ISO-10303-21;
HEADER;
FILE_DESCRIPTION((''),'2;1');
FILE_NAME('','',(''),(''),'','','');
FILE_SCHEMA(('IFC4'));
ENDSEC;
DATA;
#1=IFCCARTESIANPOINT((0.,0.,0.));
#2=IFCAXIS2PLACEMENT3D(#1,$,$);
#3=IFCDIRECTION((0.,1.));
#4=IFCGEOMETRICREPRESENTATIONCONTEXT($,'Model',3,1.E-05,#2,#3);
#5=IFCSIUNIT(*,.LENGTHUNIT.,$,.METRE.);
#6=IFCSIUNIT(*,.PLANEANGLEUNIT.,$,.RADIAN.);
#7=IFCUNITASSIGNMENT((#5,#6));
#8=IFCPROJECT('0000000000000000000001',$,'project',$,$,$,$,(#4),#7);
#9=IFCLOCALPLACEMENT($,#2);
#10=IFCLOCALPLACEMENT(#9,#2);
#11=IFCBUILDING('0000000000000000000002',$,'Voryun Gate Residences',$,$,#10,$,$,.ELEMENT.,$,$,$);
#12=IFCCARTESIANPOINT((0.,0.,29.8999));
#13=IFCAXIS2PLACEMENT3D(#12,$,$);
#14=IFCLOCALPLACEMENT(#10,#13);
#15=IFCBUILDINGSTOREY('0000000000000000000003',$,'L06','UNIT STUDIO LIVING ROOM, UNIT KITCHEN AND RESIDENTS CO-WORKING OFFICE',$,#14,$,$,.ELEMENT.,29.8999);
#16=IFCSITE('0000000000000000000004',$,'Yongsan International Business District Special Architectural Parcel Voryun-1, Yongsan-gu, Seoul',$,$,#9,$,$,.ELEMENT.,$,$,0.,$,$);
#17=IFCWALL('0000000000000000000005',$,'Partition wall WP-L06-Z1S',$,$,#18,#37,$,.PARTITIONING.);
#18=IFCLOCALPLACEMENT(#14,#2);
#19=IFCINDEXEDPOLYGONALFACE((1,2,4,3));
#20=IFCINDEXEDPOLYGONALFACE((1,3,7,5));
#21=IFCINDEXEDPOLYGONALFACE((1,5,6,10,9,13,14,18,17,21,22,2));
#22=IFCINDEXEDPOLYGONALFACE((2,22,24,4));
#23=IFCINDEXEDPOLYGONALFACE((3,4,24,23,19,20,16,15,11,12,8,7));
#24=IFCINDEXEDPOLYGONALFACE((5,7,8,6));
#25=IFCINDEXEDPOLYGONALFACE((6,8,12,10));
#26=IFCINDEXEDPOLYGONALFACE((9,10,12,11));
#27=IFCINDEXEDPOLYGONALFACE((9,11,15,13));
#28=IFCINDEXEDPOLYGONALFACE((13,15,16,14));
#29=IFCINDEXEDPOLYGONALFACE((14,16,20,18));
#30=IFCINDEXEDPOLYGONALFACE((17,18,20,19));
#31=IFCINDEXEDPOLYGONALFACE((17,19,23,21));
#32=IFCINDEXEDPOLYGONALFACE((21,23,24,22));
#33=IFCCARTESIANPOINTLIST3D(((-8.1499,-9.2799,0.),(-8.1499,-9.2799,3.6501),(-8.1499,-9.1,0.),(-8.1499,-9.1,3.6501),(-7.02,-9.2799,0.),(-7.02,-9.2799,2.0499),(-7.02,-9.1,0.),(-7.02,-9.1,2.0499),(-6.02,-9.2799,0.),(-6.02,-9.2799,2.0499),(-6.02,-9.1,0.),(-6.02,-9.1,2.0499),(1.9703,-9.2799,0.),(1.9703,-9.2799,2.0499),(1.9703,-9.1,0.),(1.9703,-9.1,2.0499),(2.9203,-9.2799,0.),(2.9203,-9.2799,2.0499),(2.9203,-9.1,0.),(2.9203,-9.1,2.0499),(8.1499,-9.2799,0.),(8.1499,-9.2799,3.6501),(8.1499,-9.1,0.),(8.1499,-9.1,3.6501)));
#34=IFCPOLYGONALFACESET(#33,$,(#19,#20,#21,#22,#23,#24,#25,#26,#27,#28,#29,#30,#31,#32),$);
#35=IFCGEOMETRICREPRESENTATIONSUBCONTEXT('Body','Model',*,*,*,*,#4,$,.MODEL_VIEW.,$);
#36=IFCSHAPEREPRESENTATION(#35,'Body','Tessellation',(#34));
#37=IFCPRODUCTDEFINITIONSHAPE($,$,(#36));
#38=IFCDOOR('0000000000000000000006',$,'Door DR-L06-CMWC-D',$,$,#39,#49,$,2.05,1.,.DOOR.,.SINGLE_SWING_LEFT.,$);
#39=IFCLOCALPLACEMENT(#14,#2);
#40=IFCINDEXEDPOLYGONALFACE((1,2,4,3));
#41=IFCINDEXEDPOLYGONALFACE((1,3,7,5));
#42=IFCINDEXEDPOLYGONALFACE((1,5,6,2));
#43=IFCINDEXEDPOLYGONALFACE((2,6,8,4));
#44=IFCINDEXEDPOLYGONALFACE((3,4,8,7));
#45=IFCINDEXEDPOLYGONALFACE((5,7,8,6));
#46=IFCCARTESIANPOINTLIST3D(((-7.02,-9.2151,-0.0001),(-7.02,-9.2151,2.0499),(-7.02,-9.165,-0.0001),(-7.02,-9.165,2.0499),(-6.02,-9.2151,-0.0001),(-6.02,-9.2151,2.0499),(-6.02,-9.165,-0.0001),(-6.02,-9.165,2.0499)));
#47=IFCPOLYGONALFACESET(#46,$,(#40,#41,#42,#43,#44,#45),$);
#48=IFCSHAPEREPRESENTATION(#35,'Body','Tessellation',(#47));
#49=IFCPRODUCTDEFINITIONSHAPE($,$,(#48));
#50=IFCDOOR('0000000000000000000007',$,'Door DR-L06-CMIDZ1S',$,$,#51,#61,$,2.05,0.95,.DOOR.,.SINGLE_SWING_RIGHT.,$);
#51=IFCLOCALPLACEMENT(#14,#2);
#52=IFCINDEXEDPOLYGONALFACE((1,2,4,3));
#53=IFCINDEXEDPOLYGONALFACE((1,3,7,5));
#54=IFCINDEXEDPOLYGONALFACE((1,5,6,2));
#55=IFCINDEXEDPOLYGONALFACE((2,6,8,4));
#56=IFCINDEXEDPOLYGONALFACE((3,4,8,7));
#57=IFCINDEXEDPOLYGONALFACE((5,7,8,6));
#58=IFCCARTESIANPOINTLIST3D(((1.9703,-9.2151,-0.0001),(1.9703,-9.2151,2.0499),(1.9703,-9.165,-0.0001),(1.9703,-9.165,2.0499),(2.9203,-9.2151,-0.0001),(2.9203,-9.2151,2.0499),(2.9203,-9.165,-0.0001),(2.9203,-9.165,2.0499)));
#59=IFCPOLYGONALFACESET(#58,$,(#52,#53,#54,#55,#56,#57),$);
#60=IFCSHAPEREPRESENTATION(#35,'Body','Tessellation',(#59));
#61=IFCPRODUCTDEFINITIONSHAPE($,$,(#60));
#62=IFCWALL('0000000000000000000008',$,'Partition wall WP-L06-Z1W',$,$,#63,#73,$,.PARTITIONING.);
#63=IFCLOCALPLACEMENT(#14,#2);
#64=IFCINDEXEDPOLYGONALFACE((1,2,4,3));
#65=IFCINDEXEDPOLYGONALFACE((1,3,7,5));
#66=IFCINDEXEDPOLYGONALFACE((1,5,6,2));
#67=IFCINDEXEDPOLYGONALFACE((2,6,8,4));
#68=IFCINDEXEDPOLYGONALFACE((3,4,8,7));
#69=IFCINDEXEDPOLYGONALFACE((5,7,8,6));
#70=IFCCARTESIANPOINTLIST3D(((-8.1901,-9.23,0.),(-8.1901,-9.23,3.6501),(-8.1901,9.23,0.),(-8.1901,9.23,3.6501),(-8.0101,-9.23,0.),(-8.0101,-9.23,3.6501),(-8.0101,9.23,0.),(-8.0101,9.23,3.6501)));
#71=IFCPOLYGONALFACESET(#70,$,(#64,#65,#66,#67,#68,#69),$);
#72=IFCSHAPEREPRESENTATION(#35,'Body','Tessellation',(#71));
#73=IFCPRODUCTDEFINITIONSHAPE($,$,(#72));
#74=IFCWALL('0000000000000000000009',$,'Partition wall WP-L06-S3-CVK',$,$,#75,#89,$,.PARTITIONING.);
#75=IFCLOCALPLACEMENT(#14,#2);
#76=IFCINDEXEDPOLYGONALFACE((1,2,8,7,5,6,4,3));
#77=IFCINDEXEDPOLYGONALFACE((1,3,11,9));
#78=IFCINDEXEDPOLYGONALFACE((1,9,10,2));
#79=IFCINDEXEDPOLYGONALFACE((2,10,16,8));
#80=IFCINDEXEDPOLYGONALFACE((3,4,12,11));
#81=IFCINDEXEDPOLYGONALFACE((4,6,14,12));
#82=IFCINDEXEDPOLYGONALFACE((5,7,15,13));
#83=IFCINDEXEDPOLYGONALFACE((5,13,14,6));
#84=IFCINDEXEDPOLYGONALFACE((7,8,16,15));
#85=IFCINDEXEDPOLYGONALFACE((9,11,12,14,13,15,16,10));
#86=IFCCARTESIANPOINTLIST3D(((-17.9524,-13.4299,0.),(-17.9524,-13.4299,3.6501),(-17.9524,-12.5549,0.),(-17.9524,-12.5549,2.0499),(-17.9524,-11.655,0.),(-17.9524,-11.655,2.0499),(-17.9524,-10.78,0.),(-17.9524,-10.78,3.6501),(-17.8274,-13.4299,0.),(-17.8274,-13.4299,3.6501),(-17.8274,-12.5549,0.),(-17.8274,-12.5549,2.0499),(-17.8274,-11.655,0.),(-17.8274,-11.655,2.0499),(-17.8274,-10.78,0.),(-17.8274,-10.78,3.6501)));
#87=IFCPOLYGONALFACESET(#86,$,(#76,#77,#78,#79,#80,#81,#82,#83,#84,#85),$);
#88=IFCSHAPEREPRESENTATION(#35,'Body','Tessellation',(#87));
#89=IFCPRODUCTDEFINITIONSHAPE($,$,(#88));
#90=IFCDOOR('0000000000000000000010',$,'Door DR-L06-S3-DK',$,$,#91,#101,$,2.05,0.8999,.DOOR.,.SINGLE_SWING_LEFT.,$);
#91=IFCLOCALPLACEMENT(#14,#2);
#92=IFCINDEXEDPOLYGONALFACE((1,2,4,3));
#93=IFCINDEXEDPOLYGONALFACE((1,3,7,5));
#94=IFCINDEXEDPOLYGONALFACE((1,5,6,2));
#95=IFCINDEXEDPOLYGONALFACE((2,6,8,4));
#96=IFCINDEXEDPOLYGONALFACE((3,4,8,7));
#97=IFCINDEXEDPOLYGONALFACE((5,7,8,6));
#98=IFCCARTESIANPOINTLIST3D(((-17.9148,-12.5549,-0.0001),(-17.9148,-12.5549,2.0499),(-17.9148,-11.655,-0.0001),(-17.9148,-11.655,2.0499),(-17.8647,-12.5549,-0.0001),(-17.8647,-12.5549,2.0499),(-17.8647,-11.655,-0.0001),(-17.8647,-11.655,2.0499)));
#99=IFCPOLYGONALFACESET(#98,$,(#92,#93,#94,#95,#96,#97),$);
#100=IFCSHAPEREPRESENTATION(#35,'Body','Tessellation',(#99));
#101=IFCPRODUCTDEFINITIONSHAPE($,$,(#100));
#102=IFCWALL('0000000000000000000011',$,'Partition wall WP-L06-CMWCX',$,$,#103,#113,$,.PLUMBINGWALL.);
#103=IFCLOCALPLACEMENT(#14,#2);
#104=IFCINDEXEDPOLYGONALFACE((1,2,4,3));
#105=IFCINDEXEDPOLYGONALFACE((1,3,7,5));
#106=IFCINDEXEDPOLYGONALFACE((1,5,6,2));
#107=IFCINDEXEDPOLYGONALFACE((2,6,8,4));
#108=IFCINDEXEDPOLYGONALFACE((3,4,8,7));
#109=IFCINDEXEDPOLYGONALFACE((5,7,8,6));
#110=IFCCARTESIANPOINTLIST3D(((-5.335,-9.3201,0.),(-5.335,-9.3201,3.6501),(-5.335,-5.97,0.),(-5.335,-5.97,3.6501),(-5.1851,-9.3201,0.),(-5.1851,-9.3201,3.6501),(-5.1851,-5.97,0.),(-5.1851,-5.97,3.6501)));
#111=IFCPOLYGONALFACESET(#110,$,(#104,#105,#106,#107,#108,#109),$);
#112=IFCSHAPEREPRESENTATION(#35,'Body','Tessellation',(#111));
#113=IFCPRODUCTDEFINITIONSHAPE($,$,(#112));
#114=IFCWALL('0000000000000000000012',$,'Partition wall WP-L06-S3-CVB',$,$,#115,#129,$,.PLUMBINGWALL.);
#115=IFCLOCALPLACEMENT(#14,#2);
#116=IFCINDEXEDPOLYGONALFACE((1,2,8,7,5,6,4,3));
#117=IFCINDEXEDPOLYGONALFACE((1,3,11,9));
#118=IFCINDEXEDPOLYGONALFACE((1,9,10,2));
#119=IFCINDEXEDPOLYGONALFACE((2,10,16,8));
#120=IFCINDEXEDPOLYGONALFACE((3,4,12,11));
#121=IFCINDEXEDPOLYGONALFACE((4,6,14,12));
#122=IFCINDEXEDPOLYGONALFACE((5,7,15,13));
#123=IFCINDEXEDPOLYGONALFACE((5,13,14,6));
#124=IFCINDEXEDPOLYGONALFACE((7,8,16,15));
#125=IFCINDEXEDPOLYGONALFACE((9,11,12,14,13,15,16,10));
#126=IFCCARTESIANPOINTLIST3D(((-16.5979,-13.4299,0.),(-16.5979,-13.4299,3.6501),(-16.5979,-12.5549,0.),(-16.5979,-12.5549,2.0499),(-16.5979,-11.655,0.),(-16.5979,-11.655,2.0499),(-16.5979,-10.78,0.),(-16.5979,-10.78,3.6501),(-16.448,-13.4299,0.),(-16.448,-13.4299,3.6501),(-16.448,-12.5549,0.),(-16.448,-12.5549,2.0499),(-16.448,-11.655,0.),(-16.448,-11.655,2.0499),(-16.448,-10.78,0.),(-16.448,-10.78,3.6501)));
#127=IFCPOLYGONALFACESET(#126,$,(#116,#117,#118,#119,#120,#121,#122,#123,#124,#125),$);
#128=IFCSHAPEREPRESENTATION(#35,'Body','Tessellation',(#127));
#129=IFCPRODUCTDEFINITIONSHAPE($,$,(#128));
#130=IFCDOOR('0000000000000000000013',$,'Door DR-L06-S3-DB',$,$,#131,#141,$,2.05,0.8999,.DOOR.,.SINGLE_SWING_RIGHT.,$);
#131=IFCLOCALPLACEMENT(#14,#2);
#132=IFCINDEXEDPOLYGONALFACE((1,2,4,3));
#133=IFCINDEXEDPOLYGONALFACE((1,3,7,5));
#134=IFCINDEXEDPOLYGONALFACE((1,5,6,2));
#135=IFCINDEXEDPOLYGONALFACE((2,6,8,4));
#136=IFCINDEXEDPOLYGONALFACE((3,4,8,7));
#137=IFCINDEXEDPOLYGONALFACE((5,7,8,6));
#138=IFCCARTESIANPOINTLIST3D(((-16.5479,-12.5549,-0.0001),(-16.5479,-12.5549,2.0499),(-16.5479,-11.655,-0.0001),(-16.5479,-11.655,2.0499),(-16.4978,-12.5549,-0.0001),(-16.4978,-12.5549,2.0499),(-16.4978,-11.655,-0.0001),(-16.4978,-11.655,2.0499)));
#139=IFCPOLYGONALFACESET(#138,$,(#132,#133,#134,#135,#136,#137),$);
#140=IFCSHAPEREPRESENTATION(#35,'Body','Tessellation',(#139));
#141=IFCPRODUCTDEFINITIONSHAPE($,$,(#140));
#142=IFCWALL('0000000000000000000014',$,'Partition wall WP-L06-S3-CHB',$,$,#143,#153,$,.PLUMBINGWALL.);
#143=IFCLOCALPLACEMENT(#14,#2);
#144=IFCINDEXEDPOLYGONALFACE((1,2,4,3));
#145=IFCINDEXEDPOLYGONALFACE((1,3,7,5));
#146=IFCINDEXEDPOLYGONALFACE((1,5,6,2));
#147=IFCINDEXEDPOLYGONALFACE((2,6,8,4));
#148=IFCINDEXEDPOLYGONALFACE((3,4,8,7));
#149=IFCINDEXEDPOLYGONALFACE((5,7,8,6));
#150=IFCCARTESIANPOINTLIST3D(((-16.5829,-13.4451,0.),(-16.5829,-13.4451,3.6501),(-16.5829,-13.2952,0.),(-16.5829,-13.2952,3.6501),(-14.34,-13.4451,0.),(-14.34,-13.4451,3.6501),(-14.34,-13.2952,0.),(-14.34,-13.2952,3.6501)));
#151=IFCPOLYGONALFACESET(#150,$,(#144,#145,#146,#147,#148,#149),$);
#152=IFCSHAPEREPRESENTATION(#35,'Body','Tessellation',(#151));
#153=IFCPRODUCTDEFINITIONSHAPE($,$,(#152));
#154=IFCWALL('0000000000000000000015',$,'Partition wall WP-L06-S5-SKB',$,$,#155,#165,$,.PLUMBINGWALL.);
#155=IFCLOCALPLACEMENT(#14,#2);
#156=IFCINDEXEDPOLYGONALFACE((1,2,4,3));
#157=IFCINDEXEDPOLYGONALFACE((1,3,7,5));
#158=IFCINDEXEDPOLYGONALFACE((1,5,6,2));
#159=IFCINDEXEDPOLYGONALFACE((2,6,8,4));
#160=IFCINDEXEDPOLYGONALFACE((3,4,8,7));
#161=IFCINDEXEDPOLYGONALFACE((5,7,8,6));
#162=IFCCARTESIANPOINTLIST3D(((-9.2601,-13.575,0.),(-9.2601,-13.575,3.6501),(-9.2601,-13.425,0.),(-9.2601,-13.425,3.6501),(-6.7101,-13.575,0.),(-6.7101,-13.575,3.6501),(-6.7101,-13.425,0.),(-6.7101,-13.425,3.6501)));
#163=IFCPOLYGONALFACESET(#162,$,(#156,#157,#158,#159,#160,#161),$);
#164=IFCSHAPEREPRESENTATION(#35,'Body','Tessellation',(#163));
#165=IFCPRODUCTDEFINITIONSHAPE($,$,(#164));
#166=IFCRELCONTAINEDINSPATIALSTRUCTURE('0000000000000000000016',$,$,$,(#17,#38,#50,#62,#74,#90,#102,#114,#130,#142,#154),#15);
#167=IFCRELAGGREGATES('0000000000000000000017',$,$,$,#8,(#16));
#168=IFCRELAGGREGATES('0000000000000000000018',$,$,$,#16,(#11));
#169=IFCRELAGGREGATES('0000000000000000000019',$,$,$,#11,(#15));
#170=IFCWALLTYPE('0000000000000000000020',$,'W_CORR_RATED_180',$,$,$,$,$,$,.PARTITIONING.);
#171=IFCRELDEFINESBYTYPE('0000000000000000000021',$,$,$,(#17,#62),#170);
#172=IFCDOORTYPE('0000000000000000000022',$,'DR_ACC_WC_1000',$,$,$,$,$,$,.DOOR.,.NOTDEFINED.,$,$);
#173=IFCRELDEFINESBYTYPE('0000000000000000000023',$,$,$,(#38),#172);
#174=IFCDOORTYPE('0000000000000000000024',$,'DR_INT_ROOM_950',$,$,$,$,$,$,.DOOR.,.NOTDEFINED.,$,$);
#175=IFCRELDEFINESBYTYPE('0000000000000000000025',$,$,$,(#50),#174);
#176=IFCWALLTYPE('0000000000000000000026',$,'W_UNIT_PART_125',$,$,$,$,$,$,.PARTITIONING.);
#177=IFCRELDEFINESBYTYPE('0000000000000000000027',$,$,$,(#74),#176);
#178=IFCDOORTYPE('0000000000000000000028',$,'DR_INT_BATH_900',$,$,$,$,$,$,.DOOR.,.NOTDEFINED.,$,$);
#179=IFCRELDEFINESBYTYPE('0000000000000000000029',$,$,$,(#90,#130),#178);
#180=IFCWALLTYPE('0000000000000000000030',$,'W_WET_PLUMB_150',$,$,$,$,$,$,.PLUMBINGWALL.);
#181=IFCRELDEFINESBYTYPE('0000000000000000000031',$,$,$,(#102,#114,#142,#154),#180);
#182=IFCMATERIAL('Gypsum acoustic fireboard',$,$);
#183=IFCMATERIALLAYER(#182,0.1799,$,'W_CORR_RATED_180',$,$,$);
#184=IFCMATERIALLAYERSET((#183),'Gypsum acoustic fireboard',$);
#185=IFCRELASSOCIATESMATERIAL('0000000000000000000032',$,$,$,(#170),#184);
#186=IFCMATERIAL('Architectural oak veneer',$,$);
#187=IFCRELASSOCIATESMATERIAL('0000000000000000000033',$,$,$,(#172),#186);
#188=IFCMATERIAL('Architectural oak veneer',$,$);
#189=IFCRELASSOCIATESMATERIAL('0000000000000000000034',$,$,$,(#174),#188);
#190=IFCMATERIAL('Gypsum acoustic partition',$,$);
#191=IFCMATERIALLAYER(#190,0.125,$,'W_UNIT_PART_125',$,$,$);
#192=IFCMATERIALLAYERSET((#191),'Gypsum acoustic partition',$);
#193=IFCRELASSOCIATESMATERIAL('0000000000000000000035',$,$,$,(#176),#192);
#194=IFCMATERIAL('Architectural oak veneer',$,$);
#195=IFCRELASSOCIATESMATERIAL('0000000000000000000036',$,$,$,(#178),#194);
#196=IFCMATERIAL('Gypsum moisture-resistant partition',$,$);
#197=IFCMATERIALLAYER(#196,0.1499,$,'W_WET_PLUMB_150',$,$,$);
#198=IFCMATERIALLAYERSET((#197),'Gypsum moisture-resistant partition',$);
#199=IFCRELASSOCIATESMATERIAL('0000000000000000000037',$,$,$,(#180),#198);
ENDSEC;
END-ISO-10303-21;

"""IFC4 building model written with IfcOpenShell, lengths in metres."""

from ifc_helpers import new_model, si_unit, direction, frame, frame_2d, origin, place, context, subcontext, project, spatial, rectangle, extrude, material, layer, layer_set, type_object, element, fill, save


model = new_model("IFC4")

# Units and contexts
model_context = context("Model", 3, precision=1e-05, world=origin(), true_north=direction((0.0, 1.0)))
body_context = subcontext(model_context, "Body", "Model", "MODEL_VIEW")
ifc_project = project(units=[si_unit("LENGTHUNIT", "METRE"), si_unit("PLANEANGLEUNIT", "RADIAN")], contexts=[model_context])

# Site, building, storey
site_placement = place(None, origin())
site = spatial("IfcSite", under=ifc_project, at=site_placement, Name="Yongsan International Business District Special Architectural Parcel Voryun-1, Yongsan-gu, Seoul", CompositionType="ELEMENT", RefElevation=0.0)
building_placement = place(site_placement, origin())
building = spatial("IfcBuilding", under=site, at=building_placement, Name="Voryun Gate Residences", CompositionType="ELEMENT")
storey_placement = place(building_placement, frame((0.0, 0.0, 29.8999)))
storey = spatial("IfcBuildingStorey", under=building, at=storey_placement, Name="L06", Description="UNIT STUDIO LIVING ROOM, UNIT KITCHEN AND RESIDENTS CO-WORKING OFFICE", CompositionType="ELEMENT", Elevation=29.8999)

# Shared definitions
ifc_material_1 = material(Name="Gypsum acoustic fireboard")
ifc_layer_1 = layer(ifc_material_1, 0.1799, Name="W_CORR_RATED_180")
ifc_layer_set_1 = layer_set([ifc_layer_1], Name="Gypsum acoustic fireboard")
wall_type_1 = type_object("IfcWallType", Name="W_CORR_RATED_180", PredefinedType="PARTITIONING", material=ifc_layer_set_1)

# Wall, openings, doors
wall_1_placement = place(storey_placement, frame((-8.1499, -9.1899, 0.0), z_axis=(0.0, 0.0, 1.0), x_axis=(1.0, 0.0, 0.0)))
wall_1 = element("IfcWall", 1, at=wall_1_placement, inside=storey, type_object=wall_type_1, Name="Partition wall WP-L06-Z1S", PredefinedType="PARTITIONING", context=body_context, shape_type="SweptSolid", body=[
    extrude(rectangle(XDim=16.2998, YDim=0.1799, at=frame_2d((8.1499, 0.0))), origin(), (0.0, 0.0, 1.0), 3.6501),
])
opening_1_placement = place(wall_1_placement, frame((1.1299, 0.0, 0.0)))
opening_1 = element("IfcOpeningElement", 2, at=opening_1_placement, cuts=wall_1, PredefinedType="OPENING", context=body_context, shape_type="SweptSolid", body=[
    extrude(rectangle(XDim=1.0, YDim=2.05, at=frame_2d((0.5, 1.0249))), frame((0.0, 0.0999, 0.0), z_axis=(0.0, -1.0, 0.0), x_axis=(1.0, 0.0, 0.0)), (0.0, 0.0, 1.0), 0.2),
])
opening_2_placement = place(wall_1_placement, frame((10.1201, 0.0, 0.0)))
opening_2 = element("IfcOpeningElement", 3, at=opening_2_placement, cuts=wall_1, PredefinedType="OPENING", context=body_context, shape_type="SweptSolid", body=[
    extrude(rectangle(XDim=0.95, YDim=2.05, at=frame_2d((0.4751, 1.0249))), frame((0.0, 0.0999, 0.0), z_axis=(0.0, -1.0, 0.0), x_axis=(1.0, 0.0, 0.0)), (0.0, 0.0, 1.0), 0.2),
])
ifc_material_2 = material(Name="Architectural oak veneer")
door_type_1 = type_object("IfcDoorType", Name="DR_ACC_WC_1000", OperationType="NOTDEFINED", PredefinedType="DOOR", material=ifc_material_2)
door_1_placement = place(opening_1_placement, origin())
door_1 = element("IfcDoor", 4, at=door_1_placement, inside=storey, type_object=door_type_1, Name="Door DR-L06-CMWC-D", OperationType="SINGLE_SWING_LEFT", OverallHeight=2.05, OverallWidth=1.0, PredefinedType="DOOR", context=body_context, shape_type="SweptSolid", body=[
    extrude(rectangle(XDim=1.0, YDim=2.05, at=frame_2d((0.5, 1.0249))), frame((0.0, 0.0249, 0.0), z_axis=(0.0, -1.0, 0.0), x_axis=(1.0, 0.0, 0.0)), (0.0, 0.0, 1.0), 0.05),
])
fill(opening_1, door_1)
ifc_material_3 = material(Name="Architectural oak veneer")
door_type_2 = type_object("IfcDoorType", Name="DR_INT_ROOM_950", OperationType="NOTDEFINED", PredefinedType="DOOR", material=ifc_material_3)
door_2_placement = place(opening_2_placement, origin())
door_2 = element("IfcDoor", 5, at=door_2_placement, inside=storey, type_object=door_type_2, Name="Door DR-L06-CMIDZ1S", OperationType="SINGLE_SWING_RIGHT", OverallHeight=2.05, OverallWidth=0.95, PredefinedType="DOOR", context=body_context, shape_type="SweptSolid", body=[
    extrude(rectangle(XDim=0.95, YDim=2.05, at=frame_2d((0.4751, 1.0249))), frame((0.0, 0.0249, 0.0), z_axis=(0.0, -1.0, 0.0), x_axis=(1.0, 0.0, 0.0)), (0.0, 0.0, 1.0), 0.05),
])
fill(opening_2, door_2)

# Wall
wall_2_placement = place(storey_placement, frame((-8.1001, -9.23, 0.0), z_axis=(0.0, 0.0, 1.0), x_axis=(0.0, 1.0, 0.0)))
element("IfcWall", 6, at=wall_2_placement, inside=storey, type_object=wall_type_1, Name="Partition wall WP-L06-Z1W", PredefinedType="PARTITIONING", context=body_context, shape_type="SweptSolid", body=[
    extrude(rectangle(XDim=18.46, YDim=0.1799, at=frame_2d((9.23, 0.0))), origin(), (0.0, 0.0, 1.0), 3.6501),
])

# Wall, opening, door
ifc_material_4 = material(Name="Gypsum acoustic partition")
ifc_layer_2 = layer(ifc_material_4, 0.125, Name="W_UNIT_PART_125")
ifc_layer_set_2 = layer_set([ifc_layer_2], Name="Gypsum acoustic partition")
wall_type_2 = type_object("IfcWallType", Name="W_UNIT_PART_125", PredefinedType="PARTITIONING", material=ifc_layer_set_2)
wall_3_placement = place(storey_placement, frame((-17.8899, -13.4299, 0.0), z_axis=(0.0, 0.0, 1.0), x_axis=(0.0, 1.0, 0.0)))
wall_3 = element("IfcWall", 7, at=wall_3_placement, inside=storey, type_object=wall_type_2, Name="Partition wall WP-L06-S3-CVK", PredefinedType="PARTITIONING", context=body_context, shape_type="SweptSolid", body=[
    extrude(rectangle(XDim=2.6499, YDim=0.125, at=frame_2d((1.325, 0.0))), origin(), (0.0, 0.0, 1.0), 3.6501),
])
opening_3_placement = place(wall_3_placement, frame((0.875, 0.0, 0.0)))
opening_3 = element("IfcOpeningElement", 8, at=opening_3_placement, cuts=wall_3, PredefinedType="OPENING", context=body_context, shape_type="SweptSolid", body=[
    extrude(rectangle(XDim=0.8999, YDim=2.05, at=frame_2d((0.45, 1.0249))), frame((0.0, 0.0725, 0.0), z_axis=(0.0, -1.0, 0.0), x_axis=(1.0, 0.0, 0.0)), (0.0, 0.0, 1.0), 0.145),
])
ifc_material_5 = material(Name="Architectural oak veneer")
door_type_3 = type_object("IfcDoorType", Name="DR_INT_BATH_900", OperationType="NOTDEFINED", PredefinedType="DOOR", material=ifc_material_5)
door_3_placement = place(opening_3_placement, origin())
door_3 = element("IfcDoor", 9, at=door_3_placement, inside=storey, type_object=door_type_3, Name="Door DR-L06-S3-DK", OperationType="SINGLE_SWING_LEFT", OverallHeight=2.05, OverallWidth=0.8999, PredefinedType="DOOR", context=body_context, shape_type="SweptSolid", body=[
    extrude(rectangle(XDim=0.8999, YDim=2.05, at=frame_2d((0.45, 1.0249))), frame((0.0, 0.0249, 0.0), z_axis=(0.0, -1.0, 0.0), x_axis=(1.0, 0.0, 0.0)), (0.0, 0.0, 1.0), 0.05),
])
fill(opening_3, door_3)

# Wall
ifc_material_6 = material(Name="Gypsum moisture-resistant partition")
ifc_layer_3 = layer(ifc_material_6, 0.1499, Name="W_WET_PLUMB_150")
ifc_layer_set_3 = layer_set([ifc_layer_3], Name="Gypsum moisture-resistant partition")
wall_type_3 = type_object("IfcWallType", Name="W_WET_PLUMB_150", PredefinedType="PLUMBINGWALL", material=ifc_layer_set_3)
wall_4_placement = place(storey_placement, frame((-5.26, -9.3201, 0.0), z_axis=(0.0, 0.0, 1.0), x_axis=(0.0, 1.0, 0.0)))
element("IfcWall", 10, at=wall_4_placement, inside=storey, type_object=wall_type_3, Name="Partition wall WP-L06-CMWCX", PredefinedType="PLUMBINGWALL", context=body_context, shape_type="SweptSolid", body=[
    extrude(rectangle(XDim=3.3501, YDim=0.1499, at=frame_2d((1.675, 0.0))), origin(), (0.0, 0.0, 1.0), 3.6501),
])

# Wall, opening, door
wall_5_placement = place(storey_placement, frame((-16.5229, -13.4299, 0.0), z_axis=(0.0, 0.0, 1.0), x_axis=(0.0, 1.0, 0.0)))
wall_5 = element("IfcWall", 11, at=wall_5_placement, inside=storey, type_object=wall_type_3, Name="Partition wall WP-L06-S3-CVB", PredefinedType="PLUMBINGWALL", context=body_context, shape_type="SweptSolid", body=[
    extrude(rectangle(XDim=2.6499, YDim=0.1499, at=frame_2d((1.325, 0.0))), origin(), (0.0, 0.0, 1.0), 3.6501),
])
opening_4_placement = place(wall_5_placement, frame((0.875, 0.0, 0.0)))
opening_4 = element("IfcOpeningElement", 12, at=opening_4_placement, cuts=wall_5, PredefinedType="OPENING", context=body_context, shape_type="SweptSolid", body=[
    extrude(rectangle(XDim=0.8999, YDim=2.05, at=frame_2d((0.45, 1.0249))), frame((0.0, 0.085, 0.0), z_axis=(0.0, -1.0, 0.0), x_axis=(1.0, 0.0, 0.0)), (0.0, 0.0, 1.0), 0.1699),
])
door_4_placement = place(opening_4_placement, origin())
door_4 = element("IfcDoor", 13, at=door_4_placement, inside=storey, type_object=door_type_3, Name="Door DR-L06-S3-DB", OperationType="SINGLE_SWING_RIGHT", OverallHeight=2.05, OverallWidth=0.8999, PredefinedType="DOOR", context=body_context, shape_type="SweptSolid", body=[
    extrude(rectangle(XDim=0.8999, YDim=2.05, at=frame_2d((0.45, 1.0249))), frame((0.0, 0.0249, 0.0), z_axis=(0.0, -1.0, 0.0), x_axis=(1.0, 0.0, 0.0)), (0.0, 0.0, 1.0), 0.05),
])
fill(opening_4, door_4)

# Walls
wall_6_placement = place(storey_placement, frame((-16.583, -13.3701, 0.0), z_axis=(0.0, 0.0, 1.0), x_axis=(1.0, 0.0, 0.0)))
element("IfcWall", 14, at=wall_6_placement, inside=storey, type_object=wall_type_3, Name="Partition wall WP-L06-S3-CHB", PredefinedType="PLUMBINGWALL", context=body_context, shape_type="SweptSolid", body=[
    extrude(rectangle(XDim=2.2429, YDim=0.1499, at=frame_2d((1.1216, 0.0))), origin(), (0.0, 0.0, 1.0), 3.6501),
])
wall_7_placement = place(storey_placement, frame((-9.26, -13.5, 0.0), z_axis=(0.0, 0.0, 1.0), x_axis=(1.0, 0.0, 0.0)))
element("IfcWall", 15, at=wall_7_placement, inside=storey, type_object=wall_type_3, Name="Partition wall WP-L06-S5-SKB", PredefinedType="PLUMBINGWALL", context=body_context, shape_type="SweptSolid", body=[
    extrude(rectangle(XDim=2.55, YDim=0.1499, at=frame_2d((1.2749, 0.0))), origin(), (0.0, 0.0, 1.0), 3.6501),
])

save(model, "model.ifc")
